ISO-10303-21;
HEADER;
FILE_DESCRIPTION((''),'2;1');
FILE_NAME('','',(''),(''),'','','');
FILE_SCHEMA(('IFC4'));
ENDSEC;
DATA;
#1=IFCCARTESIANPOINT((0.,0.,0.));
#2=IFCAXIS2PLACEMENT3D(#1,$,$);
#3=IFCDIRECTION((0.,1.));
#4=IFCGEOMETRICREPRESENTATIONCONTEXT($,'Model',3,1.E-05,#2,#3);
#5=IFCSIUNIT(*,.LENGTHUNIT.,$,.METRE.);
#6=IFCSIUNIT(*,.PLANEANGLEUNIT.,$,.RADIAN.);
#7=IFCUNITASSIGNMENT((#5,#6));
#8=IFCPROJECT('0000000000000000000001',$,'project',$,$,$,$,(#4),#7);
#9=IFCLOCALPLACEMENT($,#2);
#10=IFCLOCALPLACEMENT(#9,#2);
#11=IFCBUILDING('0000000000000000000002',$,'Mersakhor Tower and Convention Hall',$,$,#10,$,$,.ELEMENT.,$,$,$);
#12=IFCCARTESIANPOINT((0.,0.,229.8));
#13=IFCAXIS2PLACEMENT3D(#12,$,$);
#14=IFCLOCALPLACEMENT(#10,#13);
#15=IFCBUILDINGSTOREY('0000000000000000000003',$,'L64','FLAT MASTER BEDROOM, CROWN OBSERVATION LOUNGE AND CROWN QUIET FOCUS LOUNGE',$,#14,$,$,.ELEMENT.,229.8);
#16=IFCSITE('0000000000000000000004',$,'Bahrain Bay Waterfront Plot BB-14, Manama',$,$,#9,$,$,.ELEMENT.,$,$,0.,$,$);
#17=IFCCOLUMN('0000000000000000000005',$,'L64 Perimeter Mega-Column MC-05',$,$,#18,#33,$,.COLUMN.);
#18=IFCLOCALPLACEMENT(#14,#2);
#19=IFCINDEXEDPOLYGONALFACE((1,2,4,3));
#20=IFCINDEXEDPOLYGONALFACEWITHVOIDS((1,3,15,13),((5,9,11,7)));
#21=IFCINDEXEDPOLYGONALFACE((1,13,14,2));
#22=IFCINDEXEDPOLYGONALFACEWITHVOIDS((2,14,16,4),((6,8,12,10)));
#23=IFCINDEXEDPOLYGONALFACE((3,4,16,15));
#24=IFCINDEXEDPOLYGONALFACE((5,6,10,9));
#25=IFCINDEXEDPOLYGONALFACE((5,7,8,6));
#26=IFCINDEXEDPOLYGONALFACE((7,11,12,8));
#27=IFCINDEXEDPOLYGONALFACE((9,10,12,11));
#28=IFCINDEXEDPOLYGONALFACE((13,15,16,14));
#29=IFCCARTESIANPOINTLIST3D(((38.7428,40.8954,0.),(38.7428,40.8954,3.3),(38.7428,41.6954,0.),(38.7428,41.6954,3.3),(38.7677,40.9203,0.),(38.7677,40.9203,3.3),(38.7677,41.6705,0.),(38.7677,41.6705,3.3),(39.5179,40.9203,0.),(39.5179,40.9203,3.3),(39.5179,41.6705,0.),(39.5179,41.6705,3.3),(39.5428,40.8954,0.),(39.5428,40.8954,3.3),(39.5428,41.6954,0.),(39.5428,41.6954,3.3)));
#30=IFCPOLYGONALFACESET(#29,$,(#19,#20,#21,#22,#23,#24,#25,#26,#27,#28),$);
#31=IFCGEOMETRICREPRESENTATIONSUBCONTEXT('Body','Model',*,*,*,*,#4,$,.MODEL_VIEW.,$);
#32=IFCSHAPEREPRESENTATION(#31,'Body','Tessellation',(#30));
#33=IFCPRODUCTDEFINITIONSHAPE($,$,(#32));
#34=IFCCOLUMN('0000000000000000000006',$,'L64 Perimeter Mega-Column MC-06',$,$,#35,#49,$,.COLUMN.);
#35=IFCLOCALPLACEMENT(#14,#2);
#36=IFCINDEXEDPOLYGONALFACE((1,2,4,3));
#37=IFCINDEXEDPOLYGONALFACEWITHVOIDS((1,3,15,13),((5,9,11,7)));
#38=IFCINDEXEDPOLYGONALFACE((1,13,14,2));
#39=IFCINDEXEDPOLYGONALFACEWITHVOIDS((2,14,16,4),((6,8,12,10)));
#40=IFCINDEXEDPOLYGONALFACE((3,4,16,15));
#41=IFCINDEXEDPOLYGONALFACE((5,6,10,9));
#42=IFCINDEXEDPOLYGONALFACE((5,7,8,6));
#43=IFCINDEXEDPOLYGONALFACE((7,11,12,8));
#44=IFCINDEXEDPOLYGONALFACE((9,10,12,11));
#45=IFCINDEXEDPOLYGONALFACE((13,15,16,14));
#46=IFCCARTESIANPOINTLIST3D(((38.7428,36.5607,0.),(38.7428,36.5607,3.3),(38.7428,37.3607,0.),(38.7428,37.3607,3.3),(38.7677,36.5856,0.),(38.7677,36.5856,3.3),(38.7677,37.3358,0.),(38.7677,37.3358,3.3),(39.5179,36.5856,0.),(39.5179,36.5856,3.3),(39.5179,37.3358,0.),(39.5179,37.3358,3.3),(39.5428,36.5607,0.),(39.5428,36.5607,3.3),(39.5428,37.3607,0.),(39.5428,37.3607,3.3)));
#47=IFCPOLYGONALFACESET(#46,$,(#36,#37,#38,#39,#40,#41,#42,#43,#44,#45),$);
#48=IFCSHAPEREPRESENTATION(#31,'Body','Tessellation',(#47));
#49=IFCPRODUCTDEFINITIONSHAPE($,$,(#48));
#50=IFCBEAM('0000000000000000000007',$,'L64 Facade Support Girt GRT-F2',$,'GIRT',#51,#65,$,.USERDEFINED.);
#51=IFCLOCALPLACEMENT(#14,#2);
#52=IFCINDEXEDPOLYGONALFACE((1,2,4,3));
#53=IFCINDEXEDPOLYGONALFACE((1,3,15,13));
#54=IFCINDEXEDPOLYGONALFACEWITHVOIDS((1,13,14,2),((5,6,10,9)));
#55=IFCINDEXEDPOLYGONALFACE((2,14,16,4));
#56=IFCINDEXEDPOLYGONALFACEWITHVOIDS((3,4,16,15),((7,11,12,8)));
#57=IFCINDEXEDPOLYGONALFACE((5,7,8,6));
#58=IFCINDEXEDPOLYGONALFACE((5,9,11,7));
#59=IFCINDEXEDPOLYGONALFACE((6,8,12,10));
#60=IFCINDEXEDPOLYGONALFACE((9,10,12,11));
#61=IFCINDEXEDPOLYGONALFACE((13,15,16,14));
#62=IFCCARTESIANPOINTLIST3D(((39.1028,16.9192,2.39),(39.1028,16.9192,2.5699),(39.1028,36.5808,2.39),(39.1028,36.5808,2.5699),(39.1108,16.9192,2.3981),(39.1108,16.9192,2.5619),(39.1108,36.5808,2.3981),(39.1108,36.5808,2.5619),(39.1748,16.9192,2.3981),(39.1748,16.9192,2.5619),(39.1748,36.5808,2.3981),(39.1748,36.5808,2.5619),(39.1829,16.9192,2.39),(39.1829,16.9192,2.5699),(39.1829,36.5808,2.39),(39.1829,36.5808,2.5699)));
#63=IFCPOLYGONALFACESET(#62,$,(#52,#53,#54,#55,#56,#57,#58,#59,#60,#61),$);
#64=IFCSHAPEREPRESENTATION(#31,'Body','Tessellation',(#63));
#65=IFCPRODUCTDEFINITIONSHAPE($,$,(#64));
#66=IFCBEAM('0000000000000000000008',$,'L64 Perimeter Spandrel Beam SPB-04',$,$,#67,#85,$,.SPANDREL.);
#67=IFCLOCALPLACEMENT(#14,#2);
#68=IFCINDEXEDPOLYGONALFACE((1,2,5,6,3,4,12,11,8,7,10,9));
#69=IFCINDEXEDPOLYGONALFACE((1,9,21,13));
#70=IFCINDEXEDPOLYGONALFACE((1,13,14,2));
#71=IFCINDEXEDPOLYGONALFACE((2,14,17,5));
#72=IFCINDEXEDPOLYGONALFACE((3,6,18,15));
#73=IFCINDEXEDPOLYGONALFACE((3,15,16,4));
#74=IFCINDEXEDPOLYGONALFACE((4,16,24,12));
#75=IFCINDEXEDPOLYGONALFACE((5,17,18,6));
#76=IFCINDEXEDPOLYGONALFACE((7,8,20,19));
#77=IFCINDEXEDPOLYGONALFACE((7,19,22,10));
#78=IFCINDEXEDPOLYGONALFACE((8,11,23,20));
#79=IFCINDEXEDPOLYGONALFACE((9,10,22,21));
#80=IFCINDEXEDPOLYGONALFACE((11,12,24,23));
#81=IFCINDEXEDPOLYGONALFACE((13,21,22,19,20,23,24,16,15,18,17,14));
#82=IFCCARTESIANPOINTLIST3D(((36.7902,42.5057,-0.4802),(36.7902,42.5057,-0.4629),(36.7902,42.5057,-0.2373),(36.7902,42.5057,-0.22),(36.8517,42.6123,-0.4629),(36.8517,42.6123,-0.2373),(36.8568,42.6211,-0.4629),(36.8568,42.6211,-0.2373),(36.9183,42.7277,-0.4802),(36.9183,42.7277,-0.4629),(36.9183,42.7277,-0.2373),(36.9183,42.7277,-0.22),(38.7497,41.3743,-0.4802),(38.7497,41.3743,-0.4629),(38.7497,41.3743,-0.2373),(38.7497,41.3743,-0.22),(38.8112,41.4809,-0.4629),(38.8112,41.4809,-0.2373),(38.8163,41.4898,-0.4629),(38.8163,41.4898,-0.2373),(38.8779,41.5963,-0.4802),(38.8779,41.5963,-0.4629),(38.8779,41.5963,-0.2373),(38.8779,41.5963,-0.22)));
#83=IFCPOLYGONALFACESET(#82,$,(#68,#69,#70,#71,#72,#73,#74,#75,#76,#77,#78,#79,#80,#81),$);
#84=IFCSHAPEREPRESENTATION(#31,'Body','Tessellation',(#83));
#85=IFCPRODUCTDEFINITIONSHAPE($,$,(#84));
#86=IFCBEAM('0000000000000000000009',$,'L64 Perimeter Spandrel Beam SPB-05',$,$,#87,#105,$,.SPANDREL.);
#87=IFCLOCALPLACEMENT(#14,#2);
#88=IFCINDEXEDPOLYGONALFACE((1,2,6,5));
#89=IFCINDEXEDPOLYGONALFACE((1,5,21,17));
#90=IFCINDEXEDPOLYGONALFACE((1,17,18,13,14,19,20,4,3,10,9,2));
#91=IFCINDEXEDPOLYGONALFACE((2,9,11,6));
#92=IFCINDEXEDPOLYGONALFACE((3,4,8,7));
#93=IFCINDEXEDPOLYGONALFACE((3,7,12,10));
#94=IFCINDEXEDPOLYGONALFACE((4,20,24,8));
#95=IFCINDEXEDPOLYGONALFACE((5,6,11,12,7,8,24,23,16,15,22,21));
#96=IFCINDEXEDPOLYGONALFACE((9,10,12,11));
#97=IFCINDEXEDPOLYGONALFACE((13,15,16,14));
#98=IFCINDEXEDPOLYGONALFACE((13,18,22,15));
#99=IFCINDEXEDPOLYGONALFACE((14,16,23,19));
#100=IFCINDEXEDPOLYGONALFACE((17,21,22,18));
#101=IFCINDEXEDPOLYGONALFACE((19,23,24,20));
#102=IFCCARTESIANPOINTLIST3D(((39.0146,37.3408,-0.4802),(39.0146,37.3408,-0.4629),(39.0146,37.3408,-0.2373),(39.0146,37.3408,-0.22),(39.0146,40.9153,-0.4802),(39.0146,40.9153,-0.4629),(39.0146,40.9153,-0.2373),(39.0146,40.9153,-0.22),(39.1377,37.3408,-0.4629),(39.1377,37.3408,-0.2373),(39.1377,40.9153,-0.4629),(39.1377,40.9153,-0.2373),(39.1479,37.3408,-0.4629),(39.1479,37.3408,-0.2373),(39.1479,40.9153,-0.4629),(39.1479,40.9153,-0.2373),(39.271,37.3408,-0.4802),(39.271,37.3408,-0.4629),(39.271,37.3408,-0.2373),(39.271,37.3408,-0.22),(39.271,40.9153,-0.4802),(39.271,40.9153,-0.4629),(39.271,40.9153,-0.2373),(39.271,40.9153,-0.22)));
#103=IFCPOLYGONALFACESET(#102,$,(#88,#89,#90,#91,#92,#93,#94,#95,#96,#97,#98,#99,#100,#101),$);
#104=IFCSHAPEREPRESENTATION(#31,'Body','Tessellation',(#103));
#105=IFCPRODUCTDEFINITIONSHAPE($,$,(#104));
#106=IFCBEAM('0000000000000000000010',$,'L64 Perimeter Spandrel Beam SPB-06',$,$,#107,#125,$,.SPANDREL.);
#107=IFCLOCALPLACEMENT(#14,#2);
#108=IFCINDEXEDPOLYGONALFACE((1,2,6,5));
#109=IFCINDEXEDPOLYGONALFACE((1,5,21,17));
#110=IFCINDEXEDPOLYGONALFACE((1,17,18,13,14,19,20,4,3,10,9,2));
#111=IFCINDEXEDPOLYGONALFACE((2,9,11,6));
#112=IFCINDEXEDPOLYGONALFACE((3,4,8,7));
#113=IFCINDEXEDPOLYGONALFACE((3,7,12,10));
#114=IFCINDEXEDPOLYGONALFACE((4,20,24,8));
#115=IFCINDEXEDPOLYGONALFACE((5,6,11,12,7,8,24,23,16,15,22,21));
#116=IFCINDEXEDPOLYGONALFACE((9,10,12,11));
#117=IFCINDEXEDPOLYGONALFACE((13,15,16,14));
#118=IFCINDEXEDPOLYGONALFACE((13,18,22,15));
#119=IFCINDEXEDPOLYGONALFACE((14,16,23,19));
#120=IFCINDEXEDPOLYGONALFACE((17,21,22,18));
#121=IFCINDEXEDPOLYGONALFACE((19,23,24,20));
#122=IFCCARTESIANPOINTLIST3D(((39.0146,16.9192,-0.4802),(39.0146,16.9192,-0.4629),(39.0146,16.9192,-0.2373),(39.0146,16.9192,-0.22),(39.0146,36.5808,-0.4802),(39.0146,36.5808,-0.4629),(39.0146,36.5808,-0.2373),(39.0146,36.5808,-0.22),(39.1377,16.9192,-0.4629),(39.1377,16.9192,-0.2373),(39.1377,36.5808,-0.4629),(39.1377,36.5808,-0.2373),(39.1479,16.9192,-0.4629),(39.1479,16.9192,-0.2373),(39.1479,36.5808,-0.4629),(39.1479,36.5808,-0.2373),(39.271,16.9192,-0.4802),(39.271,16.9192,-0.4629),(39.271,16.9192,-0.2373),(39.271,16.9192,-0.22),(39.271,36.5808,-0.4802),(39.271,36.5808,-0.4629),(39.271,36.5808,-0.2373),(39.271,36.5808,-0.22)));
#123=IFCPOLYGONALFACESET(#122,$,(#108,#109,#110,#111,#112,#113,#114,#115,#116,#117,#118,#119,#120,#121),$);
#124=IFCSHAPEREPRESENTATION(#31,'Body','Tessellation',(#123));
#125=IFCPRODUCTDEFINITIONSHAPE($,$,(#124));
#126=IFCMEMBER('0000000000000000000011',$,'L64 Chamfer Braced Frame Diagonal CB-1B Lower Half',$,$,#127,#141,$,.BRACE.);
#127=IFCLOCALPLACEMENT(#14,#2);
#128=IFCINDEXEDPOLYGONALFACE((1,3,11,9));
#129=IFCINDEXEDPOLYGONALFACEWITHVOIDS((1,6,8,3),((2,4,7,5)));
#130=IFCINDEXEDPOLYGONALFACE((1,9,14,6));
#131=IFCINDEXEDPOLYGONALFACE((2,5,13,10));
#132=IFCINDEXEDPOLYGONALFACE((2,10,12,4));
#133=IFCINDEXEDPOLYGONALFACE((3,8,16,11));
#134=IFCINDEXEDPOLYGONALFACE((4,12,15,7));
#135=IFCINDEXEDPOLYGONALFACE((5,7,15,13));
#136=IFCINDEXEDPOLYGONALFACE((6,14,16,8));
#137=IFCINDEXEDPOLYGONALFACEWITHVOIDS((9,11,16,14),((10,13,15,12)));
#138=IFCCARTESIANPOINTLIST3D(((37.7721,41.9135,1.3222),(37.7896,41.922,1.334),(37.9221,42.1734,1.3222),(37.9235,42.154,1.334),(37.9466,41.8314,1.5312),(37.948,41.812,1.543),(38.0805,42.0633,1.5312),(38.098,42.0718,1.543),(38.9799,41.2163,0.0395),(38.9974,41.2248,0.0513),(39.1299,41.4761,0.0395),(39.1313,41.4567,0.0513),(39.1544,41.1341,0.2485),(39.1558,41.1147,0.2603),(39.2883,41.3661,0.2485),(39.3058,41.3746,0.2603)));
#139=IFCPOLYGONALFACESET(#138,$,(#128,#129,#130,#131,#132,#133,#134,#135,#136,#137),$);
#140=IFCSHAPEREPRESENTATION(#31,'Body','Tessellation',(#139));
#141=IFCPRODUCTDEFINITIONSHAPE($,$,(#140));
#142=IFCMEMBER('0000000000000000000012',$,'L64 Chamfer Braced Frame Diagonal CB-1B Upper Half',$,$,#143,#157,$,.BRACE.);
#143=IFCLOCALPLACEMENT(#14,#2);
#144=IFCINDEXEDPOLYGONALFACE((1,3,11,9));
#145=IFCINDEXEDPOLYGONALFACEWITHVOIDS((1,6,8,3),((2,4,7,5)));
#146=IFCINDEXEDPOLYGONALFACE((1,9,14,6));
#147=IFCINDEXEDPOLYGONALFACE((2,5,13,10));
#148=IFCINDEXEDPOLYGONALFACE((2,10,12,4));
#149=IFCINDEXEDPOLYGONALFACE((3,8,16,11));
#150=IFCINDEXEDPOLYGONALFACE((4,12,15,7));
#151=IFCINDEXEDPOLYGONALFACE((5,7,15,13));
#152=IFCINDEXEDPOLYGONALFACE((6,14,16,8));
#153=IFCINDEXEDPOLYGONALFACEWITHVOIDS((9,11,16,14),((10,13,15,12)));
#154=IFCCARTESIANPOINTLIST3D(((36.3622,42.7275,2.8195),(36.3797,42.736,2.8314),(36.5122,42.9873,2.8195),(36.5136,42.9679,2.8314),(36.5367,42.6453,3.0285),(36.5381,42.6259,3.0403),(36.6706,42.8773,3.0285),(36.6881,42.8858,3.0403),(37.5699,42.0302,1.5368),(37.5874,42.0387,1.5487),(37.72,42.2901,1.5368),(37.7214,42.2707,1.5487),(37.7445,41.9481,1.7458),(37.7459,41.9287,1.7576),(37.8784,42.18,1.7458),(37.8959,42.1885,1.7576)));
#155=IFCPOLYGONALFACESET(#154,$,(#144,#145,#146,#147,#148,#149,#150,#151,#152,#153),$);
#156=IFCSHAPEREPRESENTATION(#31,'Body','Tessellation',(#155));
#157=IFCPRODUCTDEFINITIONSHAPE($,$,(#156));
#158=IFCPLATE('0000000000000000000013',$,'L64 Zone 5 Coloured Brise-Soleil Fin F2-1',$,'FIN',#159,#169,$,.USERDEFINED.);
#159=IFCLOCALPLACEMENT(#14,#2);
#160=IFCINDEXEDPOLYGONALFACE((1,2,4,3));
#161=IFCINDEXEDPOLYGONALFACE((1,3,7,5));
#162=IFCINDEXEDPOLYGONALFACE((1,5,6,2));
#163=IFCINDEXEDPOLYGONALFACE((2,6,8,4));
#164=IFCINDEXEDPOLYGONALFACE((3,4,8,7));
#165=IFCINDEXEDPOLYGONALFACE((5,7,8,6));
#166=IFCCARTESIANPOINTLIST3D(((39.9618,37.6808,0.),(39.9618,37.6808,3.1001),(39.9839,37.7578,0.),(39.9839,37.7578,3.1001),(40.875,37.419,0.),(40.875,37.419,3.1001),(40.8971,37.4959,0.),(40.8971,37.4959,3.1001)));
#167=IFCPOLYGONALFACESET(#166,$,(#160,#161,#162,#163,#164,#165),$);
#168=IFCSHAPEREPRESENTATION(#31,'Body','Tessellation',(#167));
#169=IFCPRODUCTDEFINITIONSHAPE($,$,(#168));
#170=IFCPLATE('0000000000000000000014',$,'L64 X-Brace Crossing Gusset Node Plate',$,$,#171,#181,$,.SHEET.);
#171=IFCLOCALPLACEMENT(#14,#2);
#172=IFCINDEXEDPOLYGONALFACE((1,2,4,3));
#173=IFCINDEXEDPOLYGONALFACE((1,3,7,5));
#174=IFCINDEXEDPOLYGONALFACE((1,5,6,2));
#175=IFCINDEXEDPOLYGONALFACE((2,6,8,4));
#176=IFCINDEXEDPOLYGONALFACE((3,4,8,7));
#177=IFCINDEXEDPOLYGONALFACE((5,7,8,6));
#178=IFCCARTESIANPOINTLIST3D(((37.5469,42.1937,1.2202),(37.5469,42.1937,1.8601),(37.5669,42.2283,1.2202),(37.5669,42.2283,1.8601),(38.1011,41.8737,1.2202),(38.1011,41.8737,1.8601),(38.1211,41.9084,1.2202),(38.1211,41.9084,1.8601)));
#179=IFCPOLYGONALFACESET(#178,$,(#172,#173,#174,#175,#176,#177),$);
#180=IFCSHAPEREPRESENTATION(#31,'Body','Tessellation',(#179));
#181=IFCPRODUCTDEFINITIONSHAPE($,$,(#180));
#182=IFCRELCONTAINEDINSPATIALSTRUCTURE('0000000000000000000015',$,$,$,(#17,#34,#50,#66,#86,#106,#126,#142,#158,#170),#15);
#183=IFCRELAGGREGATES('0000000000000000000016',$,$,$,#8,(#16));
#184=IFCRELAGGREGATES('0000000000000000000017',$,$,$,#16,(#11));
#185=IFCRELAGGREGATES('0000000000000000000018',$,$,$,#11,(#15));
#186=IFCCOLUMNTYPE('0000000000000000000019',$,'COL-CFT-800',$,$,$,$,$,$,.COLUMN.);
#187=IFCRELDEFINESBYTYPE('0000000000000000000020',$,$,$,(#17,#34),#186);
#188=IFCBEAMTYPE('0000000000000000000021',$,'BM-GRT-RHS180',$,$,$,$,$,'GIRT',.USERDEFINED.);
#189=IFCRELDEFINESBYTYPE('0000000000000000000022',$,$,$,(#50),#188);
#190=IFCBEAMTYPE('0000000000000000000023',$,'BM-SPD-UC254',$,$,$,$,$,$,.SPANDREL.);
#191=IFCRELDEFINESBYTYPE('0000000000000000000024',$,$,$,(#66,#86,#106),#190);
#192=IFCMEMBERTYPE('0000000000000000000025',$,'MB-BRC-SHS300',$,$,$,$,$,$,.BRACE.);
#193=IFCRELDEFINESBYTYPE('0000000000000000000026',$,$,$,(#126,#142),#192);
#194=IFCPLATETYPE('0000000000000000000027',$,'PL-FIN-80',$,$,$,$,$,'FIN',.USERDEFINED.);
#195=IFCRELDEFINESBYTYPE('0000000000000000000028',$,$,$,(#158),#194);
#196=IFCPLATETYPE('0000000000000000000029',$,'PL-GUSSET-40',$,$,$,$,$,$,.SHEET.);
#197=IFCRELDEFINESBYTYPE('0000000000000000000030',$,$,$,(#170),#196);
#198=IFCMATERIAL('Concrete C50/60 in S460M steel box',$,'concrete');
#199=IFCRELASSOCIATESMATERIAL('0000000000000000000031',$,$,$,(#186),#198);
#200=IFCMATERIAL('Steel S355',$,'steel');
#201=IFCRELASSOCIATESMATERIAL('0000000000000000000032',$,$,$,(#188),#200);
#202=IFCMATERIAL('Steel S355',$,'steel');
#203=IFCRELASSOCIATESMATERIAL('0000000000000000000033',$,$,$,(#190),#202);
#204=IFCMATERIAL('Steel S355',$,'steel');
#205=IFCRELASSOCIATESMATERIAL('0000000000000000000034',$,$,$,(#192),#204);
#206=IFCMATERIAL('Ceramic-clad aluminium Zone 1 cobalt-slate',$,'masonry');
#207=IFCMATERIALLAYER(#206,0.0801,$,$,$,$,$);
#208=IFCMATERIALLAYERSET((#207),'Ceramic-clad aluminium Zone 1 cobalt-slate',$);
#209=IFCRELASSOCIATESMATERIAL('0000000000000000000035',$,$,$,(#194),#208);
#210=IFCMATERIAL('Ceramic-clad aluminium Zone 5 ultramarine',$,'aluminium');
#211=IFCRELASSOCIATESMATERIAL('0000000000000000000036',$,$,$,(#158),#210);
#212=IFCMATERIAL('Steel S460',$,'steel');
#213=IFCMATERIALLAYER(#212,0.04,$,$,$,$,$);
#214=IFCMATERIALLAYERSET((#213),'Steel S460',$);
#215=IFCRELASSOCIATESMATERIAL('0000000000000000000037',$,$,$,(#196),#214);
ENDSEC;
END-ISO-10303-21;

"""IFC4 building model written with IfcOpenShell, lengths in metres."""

from ifc_helpers import new_model, si_unit, direction, frame, origin, origin_2d, place, context, subcontext, project, spatial, rectangle, hollow_rectangle, i_section, extrude, material, layer, layer_set, material_profile, profile_set, type_object, element, save


model = new_model("IFC4")

# Units and contexts
model_context = context("Model", 3, precision=1e-05, world=origin(), true_north=direction((0.0, 1.0)))
body_context = subcontext(model_context, "Body", "Model", "MODEL_VIEW")
ifc_project = project(units=[si_unit("LENGTHUNIT", "METRE"), si_unit("PLANEANGLEUNIT", "RADIAN")], contexts=[model_context])

# Site, building, storey
site_placement = place(None, origin())
site = spatial("IfcSite", under=ifc_project, at=site_placement, Name="Bahrain Bay Waterfront Plot BB-14, Manama", CompositionType="ELEMENT", RefElevation=0.0)
building_placement = place(site_placement, origin())
building = spatial("IfcBuilding", under=site, at=building_placement, Name="Mersakhor Tower and Convention Hall", CompositionType="ELEMENT")
storey_placement = place(building_placement, frame((0.0, 0.0, 229.8)))
storey = spatial("IfcBuildingStorey", under=building, at=storey_placement, Name="L64", Description="FLAT MASTER BEDROOM, CROWN OBSERVATION LOUNGE AND CROWN QUIET FOCUS LOUNGE", CompositionType="ELEMENT", Elevation=229.8)

# Columns
ifc_material_1 = material(Name="Concrete C50/60 in S460M steel box", Category="concrete")
ifc_material_profile_1 = material_profile(ifc_material_1, hollow_rectangle(XDim=0.8, YDim=0.8, WallThickness=0.0249, at=origin_2d()), Name="SHS 800x800x25")
ifc_profile_set_1 = profile_set([ifc_material_profile_1], Name="Concrete C50/60 in S460M steel box")
column_type = type_object("IfcColumnType", Name="COL-CFT-800", PredefinedType="COLUMN", material=ifc_profile_set_1)
for number, where, z_axis, x_axis, name in (
    (1, (39.1428, 41.2954, 0.0), (0.0, 0.0, 1.0), (1.0, 0.0, 0.0), "L64 Perimeter Mega-Column MC-05"),
    (2, (39.1428, 36.9607, 0.0), (0.0, 0.0, 1.0), (1.0, 0.0, 0.0), "L64 Perimeter Mega-Column MC-06"),
):
    element("IfcColumn", number, at=place(storey_placement, frame(where, z_axis=z_axis, x_axis=x_axis)), inside=storey, type_object=column_type, Name=name, PredefinedType="COLUMN", context=body_context, shape_type="SweptSolid", body=[
        extrude(hollow_rectangle(XDim=0.8, YDim=0.8, WallThickness=0.0249, at=origin_2d()), origin(), (0.0, 0.0, 1.0), 3.3),
    ])

# Beams
ifc_material_2 = material(Name="Steel S355", Category="steel")
ifc_material_profile_2 = material_profile(ifc_material_2, hollow_rectangle(XDim=0.0801, YDim=0.1799, WallThickness=0.0081, at=origin_2d()), Name="RHS 180x80x8")
ifc_profile_set_2 = profile_set([ifc_material_profile_2], Name="Steel S355")
beam_type_1 = type_object("IfcBeamType", Name="BM-GRT-RHS180", ElementType="GIRT", PredefinedType="USERDEFINED", material=ifc_profile_set_2)
beam_1_placement = place(storey_placement, frame((39.1428, 36.5808, 2.48), z_axis=(0.0, -1.0, 0.0), x_axis=(1.0, 0.0, 0.0)))
element("IfcBeam", 3, at=beam_1_placement, inside=storey, type_object=beam_type_1, Name="L64 Facade Support Girt GRT-F2", ObjectType="GIRT", PredefinedType="USERDEFINED", context=body_context, shape_type="SweptSolid", body=[
    extrude(hollow_rectangle(XDim=0.0801, YDim=0.1799, WallThickness=0.0081, at=origin_2d()), origin(), (0.0, 0.0, 1.0), 19.6616),
])
ifc_material_3 = material(Name="Steel S355", Category="steel")
ifc_material_profile_3 = material_profile(ifc_material_3, i_section(OverallWidth=0.2563, OverallDepth=0.2603, WebThickness=0.0103, FlangeThickness=0.0173, at=origin_2d()), Name="UC 254x254x89")
ifc_profile_set_3 = profile_set([ifc_material_profile_3], Name="Steel S355")
beam_type_2 = type_object("IfcBeamType", Name="BM-SPD-UC254", PredefinedType="SPANDREL", material=ifc_profile_set_3)
beam_2_placement = place(storey_placement, frame((36.8542, 42.6167, -0.3501), z_axis=(0.866017, -0.500015, 0.0), x_axis=(0.500015, 0.866017, 0.0)))
element("IfcBeam", 4, at=beam_2_placement, inside=storey, type_object=beam_type_2, Name="L64 Perimeter Spandrel Beam SPB-04", PredefinedType="SPANDREL", context=body_context, shape_type="SweptSolid", body=[
    extrude(i_section(OverallWidth=0.2563, OverallDepth=0.2603, WebThickness=0.0103, FlangeThickness=0.0173, at=origin_2d()), origin(), (0.0, 0.0, 1.0), 2.2627),
])
beam_3_placement = place(storey_placement, frame((39.1428, 40.9153, -0.3501), z_axis=(0.0, -1.0, 0.0), x_axis=(1.0, 0.0, 0.0)))
element("IfcBeam", 5, at=beam_3_placement, inside=storey, type_object=beam_type_2, Name="L64 Perimeter Spandrel Beam SPB-05", PredefinedType="SPANDREL", context=body_context, shape_type="SweptSolid", body=[
    extrude(i_section(OverallWidth=0.2563, OverallDepth=0.2603, WebThickness=0.0103, FlangeThickness=0.0173, at=origin_2d()), origin(), (0.0, 0.0, 1.0), 3.5745),
])
beam_4_placement = place(storey_placement, frame((39.1428, 36.5808, -0.3501), z_axis=(0.0, -1.0, 0.0), x_axis=(1.0, 0.0, 0.0)))
element("IfcBeam", 6, at=beam_4_placement, inside=storey, type_object=beam_type_2, Name="L64 Perimeter Spandrel Beam SPB-06", PredefinedType="SPANDREL", context=body_context, shape_type="SweptSolid", body=[
    extrude(i_section(OverallWidth=0.2563, OverallDepth=0.2603, WebThickness=0.0103, FlangeThickness=0.0173, at=origin_2d()), origin(), (0.0, 0.0, 1.0), 19.6616),
])

# Members
ifc_material_4 = material(Name="Steel S355", Category="steel")
ifc_material_profile_4 = material_profile(ifc_material_4, hollow_rectangle(XDim=0.3, YDim=0.3, WallThickness=0.0161, at=origin_2d()), Name="SHS 300x300x16")
ifc_profile_set_4 = profile_set([ifc_material_profile_4], Name="Steel S355")
member_type = type_object("IfcMemberType", Name="MB-BRC-SHS300", PredefinedType="BRACE", material=ifc_profile_set_4)
for number, where, z_axis, x_axis, name in (
    (7, (39.1428, 41.2954, 0.1499), (-0.637413, 0.367991, 0.676969), (-0.49998, -0.866037, 0.0), "L64 Chamfer Braced Frame Diagonal CB-1B Lower Half"),
    (8, (37.7329, 42.1094, 1.6472), (-0.637413, 0.367991, 0.676969), (-0.49998, -0.866037, 0.0), "L64 Chamfer Braced Frame Diagonal CB-1B Upper Half"),
):
    element("IfcMember", number, at=place(storey_placement, frame(where, z_axis=z_axis, x_axis=x_axis)), inside=storey, type_object=member_type, Name=name, PredefinedType="BRACE", context=body_context, shape_type="SweptSolid", body=[
        extrude(hollow_rectangle(XDim=0.3, YDim=0.3, WallThickness=0.0161, at=origin_2d()), origin(), (0.0, 0.0, 1.0), 1.8948),
    ])

# Plates
ifc_material_5 = material(Name="Ceramic-clad aluminium Zone 5 ultramarine", Category="aluminium")
ifc_material_6 = material(Name="Ceramic-clad aluminium Zone 1 cobalt-slate", Category="masonry")
ifc_layer_1 = layer(ifc_material_6, 0.0801)
ifc_layer_set_1 = layer_set([ifc_layer_1], Name="Ceramic-clad aluminium Zone 1 cobalt-slate")
plate_type_1 = type_object("IfcPlateType", Name="PL-FIN-80", ElementType="FIN", PredefinedType="USERDEFINED", material=ifc_layer_set_1)
plate_1_placement = place(storey_placement, frame((40.4294, 37.5884, 0.0), z_axis=(0.0, 0.0, 1.0), x_axis=(0.961262, -0.275637, 0.0)))
element("IfcPlate", 9, at=plate_1_placement, inside=storey, type_object=plate_type_1, material=ifc_material_5, Name="L64 Zone 5 Coloured Brise-Soleil Fin F2-1", ObjectType="FIN", PredefinedType="USERDEFINED", context=body_context, shape_type="SweptSolid", body=[
    extrude(rectangle(XDim=0.95, YDim=0.0801, at=origin_2d()), origin(), (0.0, 0.0, 1.0), 3.1001),
])
ifc_material_7 = material(Name="Steel S460", Category="steel")
ifc_layer_2 = layer(ifc_material_7, 0.04)
ifc_layer_set_2 = layer_set([ifc_layer_2], Name="Steel S460")
plate_type_2 = type_object("IfcPlateType", Name="PL-GUSSET-40", PredefinedType="SHEET", material=ifc_layer_set_2)
plate_2_placement = place(storey_placement, frame((37.834, 42.051, 1.2202), z_axis=(0.0, 0.0, 1.0), x_axis=(-0.866025, 0.5, 0.0)))
element("IfcPlate", 10, at=plate_2_placement, inside=storey, type_object=plate_type_2, Name="L64 X-Brace Crossing Gusset Node Plate", PredefinedType="SHEET", context=body_context, shape_type="SweptSolid", body=[
    extrude(rectangle(XDim=0.6399, YDim=0.04, at=origin_2d()), origin(), (0.0, 0.0, 1.0), 0.6399),
])

save(model, "model.ifc")
